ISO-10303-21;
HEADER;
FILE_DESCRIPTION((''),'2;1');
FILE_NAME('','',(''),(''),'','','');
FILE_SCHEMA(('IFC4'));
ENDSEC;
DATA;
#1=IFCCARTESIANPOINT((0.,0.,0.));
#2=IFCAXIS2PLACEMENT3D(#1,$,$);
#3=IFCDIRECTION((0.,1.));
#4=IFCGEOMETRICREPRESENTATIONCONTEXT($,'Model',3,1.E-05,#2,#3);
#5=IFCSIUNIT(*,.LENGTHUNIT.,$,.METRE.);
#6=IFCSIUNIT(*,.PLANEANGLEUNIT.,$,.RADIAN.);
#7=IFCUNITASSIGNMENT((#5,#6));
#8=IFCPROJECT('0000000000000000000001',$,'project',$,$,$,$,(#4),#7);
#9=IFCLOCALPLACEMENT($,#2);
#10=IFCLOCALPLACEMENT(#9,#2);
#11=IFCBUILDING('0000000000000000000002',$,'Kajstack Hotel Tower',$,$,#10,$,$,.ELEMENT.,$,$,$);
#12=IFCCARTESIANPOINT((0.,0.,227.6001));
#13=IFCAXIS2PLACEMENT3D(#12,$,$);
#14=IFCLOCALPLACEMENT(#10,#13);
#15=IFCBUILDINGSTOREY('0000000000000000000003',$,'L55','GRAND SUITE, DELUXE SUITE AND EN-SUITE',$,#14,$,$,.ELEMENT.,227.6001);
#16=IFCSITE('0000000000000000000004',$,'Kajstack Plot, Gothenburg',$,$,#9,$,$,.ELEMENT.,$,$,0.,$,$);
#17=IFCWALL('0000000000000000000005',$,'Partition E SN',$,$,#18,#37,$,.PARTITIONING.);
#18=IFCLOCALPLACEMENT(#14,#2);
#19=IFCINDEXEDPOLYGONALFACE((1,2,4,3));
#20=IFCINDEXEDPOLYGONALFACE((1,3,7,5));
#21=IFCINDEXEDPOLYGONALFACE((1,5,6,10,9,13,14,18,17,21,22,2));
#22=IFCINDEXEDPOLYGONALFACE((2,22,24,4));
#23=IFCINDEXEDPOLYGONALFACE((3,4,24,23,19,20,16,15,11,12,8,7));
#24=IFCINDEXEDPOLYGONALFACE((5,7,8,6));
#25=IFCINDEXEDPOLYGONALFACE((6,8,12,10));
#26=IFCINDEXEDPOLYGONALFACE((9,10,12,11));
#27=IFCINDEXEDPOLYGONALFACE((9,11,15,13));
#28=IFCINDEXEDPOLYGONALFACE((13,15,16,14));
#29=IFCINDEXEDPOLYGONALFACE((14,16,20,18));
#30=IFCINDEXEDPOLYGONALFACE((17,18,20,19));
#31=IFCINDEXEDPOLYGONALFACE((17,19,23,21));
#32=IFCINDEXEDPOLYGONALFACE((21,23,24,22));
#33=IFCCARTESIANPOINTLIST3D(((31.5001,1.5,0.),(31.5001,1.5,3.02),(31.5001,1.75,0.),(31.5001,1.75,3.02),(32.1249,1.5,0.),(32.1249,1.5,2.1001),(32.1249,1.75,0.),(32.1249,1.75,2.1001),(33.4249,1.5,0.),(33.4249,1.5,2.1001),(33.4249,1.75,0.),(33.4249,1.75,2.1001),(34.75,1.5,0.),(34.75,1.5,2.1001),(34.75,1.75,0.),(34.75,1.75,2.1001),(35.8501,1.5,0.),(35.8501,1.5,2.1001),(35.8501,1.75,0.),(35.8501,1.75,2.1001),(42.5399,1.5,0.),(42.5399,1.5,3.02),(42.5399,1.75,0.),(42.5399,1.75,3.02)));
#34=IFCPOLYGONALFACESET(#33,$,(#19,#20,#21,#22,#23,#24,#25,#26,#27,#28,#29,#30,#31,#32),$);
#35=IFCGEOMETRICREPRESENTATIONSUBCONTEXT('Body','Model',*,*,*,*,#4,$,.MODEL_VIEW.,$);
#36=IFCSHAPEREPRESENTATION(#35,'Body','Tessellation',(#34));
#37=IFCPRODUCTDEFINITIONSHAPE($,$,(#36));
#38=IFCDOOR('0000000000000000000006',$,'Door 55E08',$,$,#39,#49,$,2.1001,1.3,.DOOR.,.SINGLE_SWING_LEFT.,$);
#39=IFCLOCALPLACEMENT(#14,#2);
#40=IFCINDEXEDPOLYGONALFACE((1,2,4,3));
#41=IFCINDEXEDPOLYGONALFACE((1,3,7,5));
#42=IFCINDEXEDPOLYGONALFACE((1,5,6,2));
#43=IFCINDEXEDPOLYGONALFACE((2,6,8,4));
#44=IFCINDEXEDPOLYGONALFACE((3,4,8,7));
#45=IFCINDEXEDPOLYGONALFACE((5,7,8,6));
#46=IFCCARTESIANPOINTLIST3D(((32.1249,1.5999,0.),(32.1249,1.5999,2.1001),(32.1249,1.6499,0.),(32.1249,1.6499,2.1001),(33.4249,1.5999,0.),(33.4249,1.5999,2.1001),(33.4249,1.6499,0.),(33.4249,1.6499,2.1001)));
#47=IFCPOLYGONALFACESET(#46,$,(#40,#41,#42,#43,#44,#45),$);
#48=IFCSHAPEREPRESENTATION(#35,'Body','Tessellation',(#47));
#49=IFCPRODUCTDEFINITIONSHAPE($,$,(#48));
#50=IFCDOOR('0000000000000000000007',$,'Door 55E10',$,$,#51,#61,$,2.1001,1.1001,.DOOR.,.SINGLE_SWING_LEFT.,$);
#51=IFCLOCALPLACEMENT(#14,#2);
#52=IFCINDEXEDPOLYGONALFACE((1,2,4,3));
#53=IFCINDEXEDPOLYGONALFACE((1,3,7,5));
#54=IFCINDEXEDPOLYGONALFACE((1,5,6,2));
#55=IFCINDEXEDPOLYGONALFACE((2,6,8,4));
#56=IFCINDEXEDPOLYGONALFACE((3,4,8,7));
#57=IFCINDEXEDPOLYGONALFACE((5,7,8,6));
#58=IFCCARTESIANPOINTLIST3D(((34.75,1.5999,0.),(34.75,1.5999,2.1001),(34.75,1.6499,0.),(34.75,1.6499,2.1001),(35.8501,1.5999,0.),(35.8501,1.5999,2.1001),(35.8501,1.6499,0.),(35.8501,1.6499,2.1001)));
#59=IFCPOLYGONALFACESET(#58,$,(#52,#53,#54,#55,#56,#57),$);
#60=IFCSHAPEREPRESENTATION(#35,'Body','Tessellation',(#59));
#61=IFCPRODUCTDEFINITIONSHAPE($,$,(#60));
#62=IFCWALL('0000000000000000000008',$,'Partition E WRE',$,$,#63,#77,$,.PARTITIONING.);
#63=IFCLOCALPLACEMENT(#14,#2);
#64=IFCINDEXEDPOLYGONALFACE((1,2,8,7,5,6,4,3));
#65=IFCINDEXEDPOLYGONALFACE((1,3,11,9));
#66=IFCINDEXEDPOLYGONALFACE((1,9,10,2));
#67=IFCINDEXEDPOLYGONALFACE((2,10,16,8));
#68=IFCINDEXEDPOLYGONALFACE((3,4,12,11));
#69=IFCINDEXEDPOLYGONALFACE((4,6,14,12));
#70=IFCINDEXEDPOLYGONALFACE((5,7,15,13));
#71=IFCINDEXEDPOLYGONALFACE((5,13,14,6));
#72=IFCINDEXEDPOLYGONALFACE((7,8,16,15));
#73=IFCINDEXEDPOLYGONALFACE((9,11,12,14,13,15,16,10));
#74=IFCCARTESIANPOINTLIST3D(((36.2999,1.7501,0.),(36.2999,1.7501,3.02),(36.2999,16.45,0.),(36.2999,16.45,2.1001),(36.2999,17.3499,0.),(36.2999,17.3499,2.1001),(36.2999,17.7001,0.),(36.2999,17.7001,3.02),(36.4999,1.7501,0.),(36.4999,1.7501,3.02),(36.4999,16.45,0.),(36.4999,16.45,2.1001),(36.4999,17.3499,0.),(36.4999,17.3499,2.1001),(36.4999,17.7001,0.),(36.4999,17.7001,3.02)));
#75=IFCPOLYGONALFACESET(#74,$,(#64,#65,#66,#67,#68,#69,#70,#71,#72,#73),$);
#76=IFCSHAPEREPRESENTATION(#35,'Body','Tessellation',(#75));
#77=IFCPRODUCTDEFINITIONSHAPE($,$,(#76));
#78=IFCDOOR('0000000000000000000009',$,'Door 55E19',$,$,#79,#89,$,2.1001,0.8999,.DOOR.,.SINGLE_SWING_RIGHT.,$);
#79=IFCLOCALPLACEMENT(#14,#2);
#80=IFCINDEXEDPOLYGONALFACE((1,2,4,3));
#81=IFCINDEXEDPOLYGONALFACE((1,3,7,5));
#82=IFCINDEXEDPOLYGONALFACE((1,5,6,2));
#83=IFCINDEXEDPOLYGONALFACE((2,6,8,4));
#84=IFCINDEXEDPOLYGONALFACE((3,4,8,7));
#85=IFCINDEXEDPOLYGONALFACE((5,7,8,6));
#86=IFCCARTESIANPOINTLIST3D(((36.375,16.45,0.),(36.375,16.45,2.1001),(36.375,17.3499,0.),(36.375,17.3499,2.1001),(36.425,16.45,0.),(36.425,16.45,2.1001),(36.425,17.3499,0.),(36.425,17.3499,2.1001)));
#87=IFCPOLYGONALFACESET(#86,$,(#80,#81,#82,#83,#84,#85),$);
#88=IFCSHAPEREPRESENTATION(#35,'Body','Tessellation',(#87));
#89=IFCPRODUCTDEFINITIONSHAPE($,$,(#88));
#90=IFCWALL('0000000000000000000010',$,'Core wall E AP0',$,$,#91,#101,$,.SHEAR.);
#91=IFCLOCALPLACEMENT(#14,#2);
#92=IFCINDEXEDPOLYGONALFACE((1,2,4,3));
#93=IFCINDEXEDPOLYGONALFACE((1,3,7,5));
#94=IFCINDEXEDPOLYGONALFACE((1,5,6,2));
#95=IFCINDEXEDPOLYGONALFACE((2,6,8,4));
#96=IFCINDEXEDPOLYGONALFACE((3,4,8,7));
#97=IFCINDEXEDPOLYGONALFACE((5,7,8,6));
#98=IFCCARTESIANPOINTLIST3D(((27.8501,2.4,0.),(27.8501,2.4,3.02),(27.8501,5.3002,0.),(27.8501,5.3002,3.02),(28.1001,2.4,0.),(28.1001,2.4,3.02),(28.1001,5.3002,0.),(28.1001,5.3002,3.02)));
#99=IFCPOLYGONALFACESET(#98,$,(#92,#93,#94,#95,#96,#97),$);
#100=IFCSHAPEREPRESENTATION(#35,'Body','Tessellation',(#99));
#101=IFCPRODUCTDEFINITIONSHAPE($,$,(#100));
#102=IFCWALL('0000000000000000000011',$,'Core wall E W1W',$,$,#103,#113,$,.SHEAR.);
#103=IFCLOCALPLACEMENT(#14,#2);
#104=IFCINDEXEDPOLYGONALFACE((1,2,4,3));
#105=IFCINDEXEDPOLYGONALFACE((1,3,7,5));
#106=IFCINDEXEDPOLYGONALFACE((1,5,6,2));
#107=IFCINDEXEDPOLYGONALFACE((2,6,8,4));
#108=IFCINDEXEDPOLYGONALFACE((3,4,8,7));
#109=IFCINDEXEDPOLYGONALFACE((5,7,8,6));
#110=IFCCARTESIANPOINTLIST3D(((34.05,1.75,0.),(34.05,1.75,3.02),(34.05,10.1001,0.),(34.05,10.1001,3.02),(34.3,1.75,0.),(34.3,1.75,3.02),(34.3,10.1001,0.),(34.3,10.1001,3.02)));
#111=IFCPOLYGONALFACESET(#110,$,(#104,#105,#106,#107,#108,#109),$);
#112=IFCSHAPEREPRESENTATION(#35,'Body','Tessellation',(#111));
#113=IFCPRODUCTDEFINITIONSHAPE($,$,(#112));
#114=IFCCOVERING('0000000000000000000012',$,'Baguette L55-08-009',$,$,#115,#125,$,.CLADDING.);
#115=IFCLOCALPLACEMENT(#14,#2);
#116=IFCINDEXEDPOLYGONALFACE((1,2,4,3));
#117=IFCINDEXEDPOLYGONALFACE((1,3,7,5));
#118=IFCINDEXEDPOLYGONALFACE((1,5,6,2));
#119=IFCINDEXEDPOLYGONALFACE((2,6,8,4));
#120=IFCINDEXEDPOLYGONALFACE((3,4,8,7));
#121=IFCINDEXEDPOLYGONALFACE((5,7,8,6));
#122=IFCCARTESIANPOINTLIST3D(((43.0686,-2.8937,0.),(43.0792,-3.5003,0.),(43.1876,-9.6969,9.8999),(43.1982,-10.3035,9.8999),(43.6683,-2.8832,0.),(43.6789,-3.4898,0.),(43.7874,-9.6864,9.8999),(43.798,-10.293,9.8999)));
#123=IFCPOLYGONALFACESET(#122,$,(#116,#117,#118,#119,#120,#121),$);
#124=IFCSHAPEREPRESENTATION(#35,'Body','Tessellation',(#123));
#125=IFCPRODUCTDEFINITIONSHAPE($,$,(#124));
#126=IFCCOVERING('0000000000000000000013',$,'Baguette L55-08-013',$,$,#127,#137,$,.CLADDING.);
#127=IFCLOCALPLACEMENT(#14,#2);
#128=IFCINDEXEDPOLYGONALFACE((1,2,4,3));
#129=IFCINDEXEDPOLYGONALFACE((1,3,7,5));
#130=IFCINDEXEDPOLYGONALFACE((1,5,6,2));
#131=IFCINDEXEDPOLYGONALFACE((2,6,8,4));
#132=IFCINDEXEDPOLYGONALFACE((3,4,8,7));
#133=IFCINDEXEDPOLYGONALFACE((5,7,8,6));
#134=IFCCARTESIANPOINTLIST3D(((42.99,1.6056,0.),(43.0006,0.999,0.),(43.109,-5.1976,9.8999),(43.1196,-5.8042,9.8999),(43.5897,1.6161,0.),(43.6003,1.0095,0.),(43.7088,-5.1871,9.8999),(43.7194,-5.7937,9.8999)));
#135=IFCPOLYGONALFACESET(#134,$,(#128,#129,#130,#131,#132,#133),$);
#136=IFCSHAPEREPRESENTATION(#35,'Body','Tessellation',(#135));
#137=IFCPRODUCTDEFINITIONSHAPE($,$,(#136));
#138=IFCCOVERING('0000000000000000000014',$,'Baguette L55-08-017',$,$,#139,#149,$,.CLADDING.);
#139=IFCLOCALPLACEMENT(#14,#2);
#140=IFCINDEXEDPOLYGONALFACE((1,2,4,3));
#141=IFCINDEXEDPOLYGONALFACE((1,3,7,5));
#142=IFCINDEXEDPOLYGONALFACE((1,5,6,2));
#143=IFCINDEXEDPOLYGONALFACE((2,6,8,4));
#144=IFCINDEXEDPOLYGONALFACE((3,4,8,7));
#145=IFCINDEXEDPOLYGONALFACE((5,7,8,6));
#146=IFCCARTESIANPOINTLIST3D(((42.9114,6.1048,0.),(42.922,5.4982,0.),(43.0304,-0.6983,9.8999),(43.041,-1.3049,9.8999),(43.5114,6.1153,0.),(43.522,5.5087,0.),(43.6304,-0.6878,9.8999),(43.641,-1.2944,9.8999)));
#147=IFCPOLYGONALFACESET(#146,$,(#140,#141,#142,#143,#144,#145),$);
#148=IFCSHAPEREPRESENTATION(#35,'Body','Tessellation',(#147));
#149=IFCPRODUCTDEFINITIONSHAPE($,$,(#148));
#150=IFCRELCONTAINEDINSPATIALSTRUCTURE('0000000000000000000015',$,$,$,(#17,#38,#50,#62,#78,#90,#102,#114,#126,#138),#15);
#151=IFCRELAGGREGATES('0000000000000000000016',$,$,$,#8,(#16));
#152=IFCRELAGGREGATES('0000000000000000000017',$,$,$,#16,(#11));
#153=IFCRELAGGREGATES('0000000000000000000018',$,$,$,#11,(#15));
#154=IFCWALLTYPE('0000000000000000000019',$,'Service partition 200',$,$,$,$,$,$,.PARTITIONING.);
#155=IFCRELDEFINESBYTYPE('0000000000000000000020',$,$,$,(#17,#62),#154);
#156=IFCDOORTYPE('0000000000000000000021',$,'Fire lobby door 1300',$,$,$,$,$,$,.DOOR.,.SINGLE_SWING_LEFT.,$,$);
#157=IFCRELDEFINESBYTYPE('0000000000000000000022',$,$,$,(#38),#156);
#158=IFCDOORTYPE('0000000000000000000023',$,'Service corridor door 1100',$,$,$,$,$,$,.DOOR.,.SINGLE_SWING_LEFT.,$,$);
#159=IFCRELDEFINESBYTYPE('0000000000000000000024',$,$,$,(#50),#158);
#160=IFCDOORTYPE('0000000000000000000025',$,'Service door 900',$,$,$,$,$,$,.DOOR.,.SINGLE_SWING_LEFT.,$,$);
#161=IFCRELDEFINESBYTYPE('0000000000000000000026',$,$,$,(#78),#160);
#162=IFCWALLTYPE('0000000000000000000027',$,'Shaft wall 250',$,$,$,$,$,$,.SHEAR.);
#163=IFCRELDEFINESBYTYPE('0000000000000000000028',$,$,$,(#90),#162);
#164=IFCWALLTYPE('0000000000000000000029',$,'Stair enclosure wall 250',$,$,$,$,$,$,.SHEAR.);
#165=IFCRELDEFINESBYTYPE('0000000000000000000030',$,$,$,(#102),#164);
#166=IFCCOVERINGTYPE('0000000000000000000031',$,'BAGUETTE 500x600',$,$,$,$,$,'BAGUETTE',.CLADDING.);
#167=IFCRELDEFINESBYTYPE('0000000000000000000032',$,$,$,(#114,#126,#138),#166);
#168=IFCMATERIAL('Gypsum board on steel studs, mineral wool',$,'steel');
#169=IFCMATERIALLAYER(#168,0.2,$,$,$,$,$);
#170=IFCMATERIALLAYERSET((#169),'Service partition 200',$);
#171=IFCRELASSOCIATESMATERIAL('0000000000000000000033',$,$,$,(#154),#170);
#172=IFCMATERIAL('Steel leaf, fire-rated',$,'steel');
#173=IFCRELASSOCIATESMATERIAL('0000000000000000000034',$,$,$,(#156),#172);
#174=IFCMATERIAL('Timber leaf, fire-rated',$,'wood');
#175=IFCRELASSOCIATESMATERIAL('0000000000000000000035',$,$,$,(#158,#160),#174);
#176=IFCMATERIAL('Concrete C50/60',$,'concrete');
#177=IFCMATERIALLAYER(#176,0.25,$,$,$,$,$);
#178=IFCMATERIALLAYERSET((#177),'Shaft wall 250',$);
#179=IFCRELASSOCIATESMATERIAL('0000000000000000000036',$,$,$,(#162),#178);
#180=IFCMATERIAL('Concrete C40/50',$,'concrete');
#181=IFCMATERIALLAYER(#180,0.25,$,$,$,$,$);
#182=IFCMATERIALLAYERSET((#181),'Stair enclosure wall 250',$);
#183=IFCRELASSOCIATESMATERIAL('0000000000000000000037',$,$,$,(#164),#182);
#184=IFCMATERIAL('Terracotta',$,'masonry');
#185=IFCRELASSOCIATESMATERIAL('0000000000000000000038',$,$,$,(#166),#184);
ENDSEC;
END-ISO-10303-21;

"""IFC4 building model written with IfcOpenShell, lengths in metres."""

from ifc_helpers import new_model, si_unit, direction, frame, frame_2d, origin, origin_2d, place, context, subcontext, project, spatial, polyline, rectangle, outline, extrude, material, layer, layer_set, material_profile, profile_set, type_object, element, fill, save


model = new_model("IFC4")

# Units and contexts
model_context = context("Model", 3, precision=1e-05, world=origin(), true_north=direction((0.0, 1.0)))
body_context = subcontext(model_context, "Body", "Model", "MODEL_VIEW")
ifc_project = project(units=[si_unit("LENGTHUNIT", "METRE"), si_unit("PLANEANGLEUNIT", "RADIAN")], contexts=[model_context])

# Site, building, storey
site_placement = place(None, origin())
site = spatial("IfcSite", under=ifc_project, at=site_placement, Name="Kajstack Plot, Gothenburg", CompositionType="ELEMENT", RefElevation=0.0)
building_placement = place(site_placement, origin())
building = spatial("IfcBuilding", under=site, at=building_placement, Name="Kajstack Hotel Tower", CompositionType="ELEMENT")
storey_placement = place(building_placement, frame((0.0, 0.0, 227.6001)))
storey = spatial("IfcBuildingStorey", under=building, at=storey_placement, Name="L55", Description="GRAND SUITE, DELUXE SUITE AND EN-SUITE", CompositionType="ELEMENT", Elevation=227.6001)

# Wall, openings, doors
ifc_material_1 = material(Name="Gypsum board on steel studs, mineral wool", Category="steel")
ifc_layer_1 = layer(ifc_material_1, 0.2)
ifc_layer_set_1 = layer_set([ifc_layer_1], Name="Service partition 200")
wall_type_1 = type_object("IfcWallType", Name="Service partition 200", PredefinedType="PARTITIONING", material=ifc_layer_set_1)
wall_1_placement = place(storey_placement, frame((31.5, 1.625, 0.0), z_axis=(0.0, 0.0, 1.0), x_axis=(1.0, 0.0, 0.0)))
wall_1 = element("IfcWall", 1, at=wall_1_placement, inside=storey, type_object=wall_type_1, Name="Partition E SN", PredefinedType="PARTITIONING", context=body_context, shape_type="SweptSolid", body=[
    extrude(rectangle(XDim=11.0398, YDim=0.25, at=frame_2d((5.52, 0.0))), origin(), (0.0, 0.0, 1.0), 3.02),
])
opening_1_placement = place(wall_1_placement, frame((0.625, 0.0, 0.0)))
opening_1 = element("IfcOpeningElement", 2, at=opening_1_placement, cuts=wall_1, PredefinedType="OPENING", context=body_context, shape_type="SweptSolid", body=[
    extrude(rectangle(XDim=1.3, YDim=2.1001, at=frame_2d((0.6499, 1.05))), frame((0.0, 0.135, 0.0), z_axis=(0.0, -1.0, 0.0), x_axis=(1.0, 0.0, 0.0)), (0.0, 0.0, 1.0), 0.27),
])
opening_2_placement = place(wall_1_placement, frame((3.25, 0.0, 0.0)))
opening_2 = element("IfcOpeningElement", 3, at=opening_2_placement, cuts=wall_1, PredefinedType="OPENING", context=body_context, shape_type="SweptSolid", body=[
    extrude(rectangle(XDim=1.1001, YDim=2.1001, at=frame_2d((0.55, 1.05))), frame((0.0, 0.135, 0.0), z_axis=(0.0, -1.0, 0.0), x_axis=(1.0, 0.0, 0.0)), (0.0, 0.0, 1.0), 0.27),
])
ifc_material_2 = material(Name="Steel leaf, fire-rated", Category="steel")
door_type_1 = type_object("IfcDoorType", Name="Fire lobby door 1300", OperationType="SINGLE_SWING_LEFT", PredefinedType="DOOR", material=ifc_material_2)
door_1_placement = place(opening_1_placement, origin())
door_1 = element("IfcDoor", 4, at=door_1_placement, inside=storey, type_object=door_type_1, Name="Door 55E08", OperationType="SINGLE_SWING_LEFT", OverallHeight=2.1001, OverallWidth=1.3, PredefinedType="DOOR", context=body_context, shape_type="SweptSolid", body=[
    extrude(rectangle(XDim=1.3, YDim=2.1001, at=frame_2d((0.6499, 1.05))), frame((0.0, 0.0249, 0.0), z_axis=(0.0, -1.0, 0.0), x_axis=(1.0, 0.0, 0.0)), (0.0, 0.0, 1.0), 0.05),
])
fill(opening_1, door_1)
ifc_material_3 = material(Name="Timber leaf, fire-rated", Category="wood")
door_type_2 = type_object("IfcDoorType", Name="Service corridor door 1100", OperationType="SINGLE_SWING_LEFT", PredefinedType="DOOR", material=ifc_material_3)
door_2_placement = place(opening_2_placement, origin())
door_2 = element("IfcDoor", 5, at=door_2_placement, inside=storey, type_object=door_type_2, Name="Door 55E10", OperationType="SINGLE_SWING_LEFT", OverallHeight=2.1001, OverallWidth=1.1001, PredefinedType="DOOR", context=body_context, shape_type="SweptSolid", body=[
    extrude(rectangle(XDim=1.1001, YDim=2.1001, at=frame_2d((0.55, 1.05))), frame((0.0, 0.0249, 0.0), z_axis=(0.0, -1.0, 0.0), x_axis=(1.0, 0.0, 0.0)), (0.0, 0.0, 1.0), 0.05),
])
fill(opening_2, door_2)

# Wall, opening, door
wall_2_placement = place(storey_placement, frame((36.3999, 1.75, 0.0), z_axis=(0.0, 0.0, 1.0), x_axis=(0.0, 1.0, 0.0)))
wall_2 = element("IfcWall", 6, at=wall_2_placement, inside=storey, type_object=wall_type_1, Name="Partition E WRE", PredefinedType="PARTITIONING", context=body_context, shape_type="SweptSolid", body=[
    extrude(rectangle(XDim=15.95, YDim=0.2, at=frame_2d((7.9751, 0.0))), origin(), (0.0, 0.0, 1.0), 3.02),
])
opening_3_placement = place(wall_2_placement, frame((14.7, 0.0, 0.0)))
opening_3 = element("IfcOpeningElement", 7, at=opening_3_placement, cuts=wall_2, PredefinedType="OPENING", context=body_context, shape_type="SweptSolid", body=[
    extrude(rectangle(XDim=0.8999, YDim=2.1001, at=frame_2d((0.45, 1.05))), frame((0.0, 0.1099, 0.0), z_axis=(0.0, -1.0, 0.0), x_axis=(1.0, 0.0, 0.0)), (0.0, 0.0, 1.0), 0.22),
])
door_type_3 = type_object("IfcDoorType", Name="Service door 900", OperationType="SINGLE_SWING_LEFT", PredefinedType="DOOR", material=ifc_material_3)
door_3_placement = place(opening_3_placement, origin())
door_3 = element("IfcDoor", 8, at=door_3_placement, inside=storey, type_object=door_type_3, Name="Door 55E19", OperationType="SINGLE_SWING_RIGHT", OverallHeight=2.1001, OverallWidth=0.8999, PredefinedType="DOOR", context=body_context, shape_type="SweptSolid", body=[
    extrude(rectangle(XDim=0.8999, YDim=2.1001, at=frame_2d((0.45, 1.05))), frame((0.0, 0.0249, 0.0), z_axis=(0.0, -1.0, 0.0), x_axis=(1.0, 0.0, 0.0)), (0.0, 0.0, 1.0), 0.05),
])
fill(opening_3, door_3)

# Walls
ifc_material_4 = material(Name="Concrete C50/60", Category="concrete")
ifc_layer_2 = layer(ifc_material_4, 0.25)
ifc_layer_set_2 = layer_set([ifc_layer_2], Name="Shaft wall 250")
wall_type_2 = type_object("IfcWallType", Name="Shaft wall 250", PredefinedType="SHEAR", material=ifc_layer_set_2)
wall_3_placement = place(storey_placement, frame((27.9751, 2.3999, 0.0), z_axis=(0.0, 0.0, 1.0), x_axis=(0.0, 1.0, 0.0)))
element("IfcWall", 9, at=wall_3_placement, inside=storey, type_object=wall_type_2, Name="Core wall E AP0", PredefinedType="SHEAR", context=body_context, shape_type="SweptSolid", body=[
    extrude(rectangle(XDim=2.9001, YDim=0.25, at=frame_2d((1.4502, 0.0))), origin(), (0.0, 0.0, 1.0), 3.02),
])
ifc_material_5 = material(Name="Concrete C40/50", Category="concrete")
ifc_layer_3 = layer(ifc_material_5, 0.25)
ifc_layer_set_3 = layer_set([ifc_layer_3], Name="Stair enclosure wall 250")
wall_type_3 = type_object("IfcWallType", Name="Stair enclosure wall 250", PredefinedType="SHEAR", material=ifc_layer_set_3)
wall_4_placement = place(storey_placement, frame((34.175, 1.75, 0.0), z_axis=(0.0, 0.0, 1.0), x_axis=(0.0, 1.0, 0.0)))
element("IfcWall", 10, at=wall_4_placement, inside=storey, type_object=wall_type_3, Name="Core wall E W1W", PredefinedType="SHEAR", context=body_context, shape_type="SweptSolid", body=[
    extrude(rectangle(XDim=8.3501, YDim=0.25, at=frame_2d((4.175, 0.0))), origin(), (0.0, 0.0, 1.0), 3.02),
])

# Coverings
ifc_material_6 = material(Name="Terracotta", Category="masonry")
ifc_material_profile = material_profile(ifc_material_6, rectangle(XDim=0.6001, YDim=0.5, at=origin_2d()), Name="Terracotta-clad concrete baguette 500 x 600")
ifc_profile_set = profile_set([ifc_material_profile], Name="Terracotta")
covering_type = type_object("IfcCoveringType", Name="BAGUETTE 500x600", ElementType="BAGUETTE", PredefinedType="CLADDING", material=ifc_profile_set)
for number, where, z_axis, x_axis, name in (
    (11, (43.1982, -10.3035, 0.0), (0.999847, 0.017498, 0.0), (-0.017498, 0.999847, 0.0), "Baguette L55-08-009"),
    (12, (43.1196, -5.8042, 0.0), (0.999847, 0.017498, 0.0), (-0.017498, 0.999847, 0.0), "Baguette L55-08-013"),
):
    element("IfcCovering", number, at=place(storey_placement, frame(where, z_axis=z_axis, x_axis=x_axis)), inside=storey, type_object=covering_type, Name=name, PredefinedType="CLADDING", context=body_context, shape_type="SweptSolid", body=[
        extrude(outline(polyline([(0.0, 9.8999), (6.8042, 0.0), (7.4109, 0.0), (0.6067, 9.8999), (0.0, 9.8999)])), origin(), (0.0, 0.0, 1.0), 0.5999),
    ])
covering_placement = place(storey_placement, frame((43.041, -1.3049, 0.0), z_axis=(0.999847, 0.017491, 0.0), x_axis=(-0.017491, 0.999847, 0.0)))
element("IfcCovering", 13, at=covering_placement, inside=storey, type_object=covering_type, Name="Baguette L55-08-017", PredefinedType="CLADDING", context=body_context, shape_type="SweptSolid", body=[
    extrude(outline(polyline([(0.0, 9.8999), (6.8042, 0.0), (7.4109, 0.0), (0.6067, 9.8999), (0.0, 9.8999)])), origin(), (0.0, 0.0, 1.0), 0.6001),
])

save(model, "model.ifc")
